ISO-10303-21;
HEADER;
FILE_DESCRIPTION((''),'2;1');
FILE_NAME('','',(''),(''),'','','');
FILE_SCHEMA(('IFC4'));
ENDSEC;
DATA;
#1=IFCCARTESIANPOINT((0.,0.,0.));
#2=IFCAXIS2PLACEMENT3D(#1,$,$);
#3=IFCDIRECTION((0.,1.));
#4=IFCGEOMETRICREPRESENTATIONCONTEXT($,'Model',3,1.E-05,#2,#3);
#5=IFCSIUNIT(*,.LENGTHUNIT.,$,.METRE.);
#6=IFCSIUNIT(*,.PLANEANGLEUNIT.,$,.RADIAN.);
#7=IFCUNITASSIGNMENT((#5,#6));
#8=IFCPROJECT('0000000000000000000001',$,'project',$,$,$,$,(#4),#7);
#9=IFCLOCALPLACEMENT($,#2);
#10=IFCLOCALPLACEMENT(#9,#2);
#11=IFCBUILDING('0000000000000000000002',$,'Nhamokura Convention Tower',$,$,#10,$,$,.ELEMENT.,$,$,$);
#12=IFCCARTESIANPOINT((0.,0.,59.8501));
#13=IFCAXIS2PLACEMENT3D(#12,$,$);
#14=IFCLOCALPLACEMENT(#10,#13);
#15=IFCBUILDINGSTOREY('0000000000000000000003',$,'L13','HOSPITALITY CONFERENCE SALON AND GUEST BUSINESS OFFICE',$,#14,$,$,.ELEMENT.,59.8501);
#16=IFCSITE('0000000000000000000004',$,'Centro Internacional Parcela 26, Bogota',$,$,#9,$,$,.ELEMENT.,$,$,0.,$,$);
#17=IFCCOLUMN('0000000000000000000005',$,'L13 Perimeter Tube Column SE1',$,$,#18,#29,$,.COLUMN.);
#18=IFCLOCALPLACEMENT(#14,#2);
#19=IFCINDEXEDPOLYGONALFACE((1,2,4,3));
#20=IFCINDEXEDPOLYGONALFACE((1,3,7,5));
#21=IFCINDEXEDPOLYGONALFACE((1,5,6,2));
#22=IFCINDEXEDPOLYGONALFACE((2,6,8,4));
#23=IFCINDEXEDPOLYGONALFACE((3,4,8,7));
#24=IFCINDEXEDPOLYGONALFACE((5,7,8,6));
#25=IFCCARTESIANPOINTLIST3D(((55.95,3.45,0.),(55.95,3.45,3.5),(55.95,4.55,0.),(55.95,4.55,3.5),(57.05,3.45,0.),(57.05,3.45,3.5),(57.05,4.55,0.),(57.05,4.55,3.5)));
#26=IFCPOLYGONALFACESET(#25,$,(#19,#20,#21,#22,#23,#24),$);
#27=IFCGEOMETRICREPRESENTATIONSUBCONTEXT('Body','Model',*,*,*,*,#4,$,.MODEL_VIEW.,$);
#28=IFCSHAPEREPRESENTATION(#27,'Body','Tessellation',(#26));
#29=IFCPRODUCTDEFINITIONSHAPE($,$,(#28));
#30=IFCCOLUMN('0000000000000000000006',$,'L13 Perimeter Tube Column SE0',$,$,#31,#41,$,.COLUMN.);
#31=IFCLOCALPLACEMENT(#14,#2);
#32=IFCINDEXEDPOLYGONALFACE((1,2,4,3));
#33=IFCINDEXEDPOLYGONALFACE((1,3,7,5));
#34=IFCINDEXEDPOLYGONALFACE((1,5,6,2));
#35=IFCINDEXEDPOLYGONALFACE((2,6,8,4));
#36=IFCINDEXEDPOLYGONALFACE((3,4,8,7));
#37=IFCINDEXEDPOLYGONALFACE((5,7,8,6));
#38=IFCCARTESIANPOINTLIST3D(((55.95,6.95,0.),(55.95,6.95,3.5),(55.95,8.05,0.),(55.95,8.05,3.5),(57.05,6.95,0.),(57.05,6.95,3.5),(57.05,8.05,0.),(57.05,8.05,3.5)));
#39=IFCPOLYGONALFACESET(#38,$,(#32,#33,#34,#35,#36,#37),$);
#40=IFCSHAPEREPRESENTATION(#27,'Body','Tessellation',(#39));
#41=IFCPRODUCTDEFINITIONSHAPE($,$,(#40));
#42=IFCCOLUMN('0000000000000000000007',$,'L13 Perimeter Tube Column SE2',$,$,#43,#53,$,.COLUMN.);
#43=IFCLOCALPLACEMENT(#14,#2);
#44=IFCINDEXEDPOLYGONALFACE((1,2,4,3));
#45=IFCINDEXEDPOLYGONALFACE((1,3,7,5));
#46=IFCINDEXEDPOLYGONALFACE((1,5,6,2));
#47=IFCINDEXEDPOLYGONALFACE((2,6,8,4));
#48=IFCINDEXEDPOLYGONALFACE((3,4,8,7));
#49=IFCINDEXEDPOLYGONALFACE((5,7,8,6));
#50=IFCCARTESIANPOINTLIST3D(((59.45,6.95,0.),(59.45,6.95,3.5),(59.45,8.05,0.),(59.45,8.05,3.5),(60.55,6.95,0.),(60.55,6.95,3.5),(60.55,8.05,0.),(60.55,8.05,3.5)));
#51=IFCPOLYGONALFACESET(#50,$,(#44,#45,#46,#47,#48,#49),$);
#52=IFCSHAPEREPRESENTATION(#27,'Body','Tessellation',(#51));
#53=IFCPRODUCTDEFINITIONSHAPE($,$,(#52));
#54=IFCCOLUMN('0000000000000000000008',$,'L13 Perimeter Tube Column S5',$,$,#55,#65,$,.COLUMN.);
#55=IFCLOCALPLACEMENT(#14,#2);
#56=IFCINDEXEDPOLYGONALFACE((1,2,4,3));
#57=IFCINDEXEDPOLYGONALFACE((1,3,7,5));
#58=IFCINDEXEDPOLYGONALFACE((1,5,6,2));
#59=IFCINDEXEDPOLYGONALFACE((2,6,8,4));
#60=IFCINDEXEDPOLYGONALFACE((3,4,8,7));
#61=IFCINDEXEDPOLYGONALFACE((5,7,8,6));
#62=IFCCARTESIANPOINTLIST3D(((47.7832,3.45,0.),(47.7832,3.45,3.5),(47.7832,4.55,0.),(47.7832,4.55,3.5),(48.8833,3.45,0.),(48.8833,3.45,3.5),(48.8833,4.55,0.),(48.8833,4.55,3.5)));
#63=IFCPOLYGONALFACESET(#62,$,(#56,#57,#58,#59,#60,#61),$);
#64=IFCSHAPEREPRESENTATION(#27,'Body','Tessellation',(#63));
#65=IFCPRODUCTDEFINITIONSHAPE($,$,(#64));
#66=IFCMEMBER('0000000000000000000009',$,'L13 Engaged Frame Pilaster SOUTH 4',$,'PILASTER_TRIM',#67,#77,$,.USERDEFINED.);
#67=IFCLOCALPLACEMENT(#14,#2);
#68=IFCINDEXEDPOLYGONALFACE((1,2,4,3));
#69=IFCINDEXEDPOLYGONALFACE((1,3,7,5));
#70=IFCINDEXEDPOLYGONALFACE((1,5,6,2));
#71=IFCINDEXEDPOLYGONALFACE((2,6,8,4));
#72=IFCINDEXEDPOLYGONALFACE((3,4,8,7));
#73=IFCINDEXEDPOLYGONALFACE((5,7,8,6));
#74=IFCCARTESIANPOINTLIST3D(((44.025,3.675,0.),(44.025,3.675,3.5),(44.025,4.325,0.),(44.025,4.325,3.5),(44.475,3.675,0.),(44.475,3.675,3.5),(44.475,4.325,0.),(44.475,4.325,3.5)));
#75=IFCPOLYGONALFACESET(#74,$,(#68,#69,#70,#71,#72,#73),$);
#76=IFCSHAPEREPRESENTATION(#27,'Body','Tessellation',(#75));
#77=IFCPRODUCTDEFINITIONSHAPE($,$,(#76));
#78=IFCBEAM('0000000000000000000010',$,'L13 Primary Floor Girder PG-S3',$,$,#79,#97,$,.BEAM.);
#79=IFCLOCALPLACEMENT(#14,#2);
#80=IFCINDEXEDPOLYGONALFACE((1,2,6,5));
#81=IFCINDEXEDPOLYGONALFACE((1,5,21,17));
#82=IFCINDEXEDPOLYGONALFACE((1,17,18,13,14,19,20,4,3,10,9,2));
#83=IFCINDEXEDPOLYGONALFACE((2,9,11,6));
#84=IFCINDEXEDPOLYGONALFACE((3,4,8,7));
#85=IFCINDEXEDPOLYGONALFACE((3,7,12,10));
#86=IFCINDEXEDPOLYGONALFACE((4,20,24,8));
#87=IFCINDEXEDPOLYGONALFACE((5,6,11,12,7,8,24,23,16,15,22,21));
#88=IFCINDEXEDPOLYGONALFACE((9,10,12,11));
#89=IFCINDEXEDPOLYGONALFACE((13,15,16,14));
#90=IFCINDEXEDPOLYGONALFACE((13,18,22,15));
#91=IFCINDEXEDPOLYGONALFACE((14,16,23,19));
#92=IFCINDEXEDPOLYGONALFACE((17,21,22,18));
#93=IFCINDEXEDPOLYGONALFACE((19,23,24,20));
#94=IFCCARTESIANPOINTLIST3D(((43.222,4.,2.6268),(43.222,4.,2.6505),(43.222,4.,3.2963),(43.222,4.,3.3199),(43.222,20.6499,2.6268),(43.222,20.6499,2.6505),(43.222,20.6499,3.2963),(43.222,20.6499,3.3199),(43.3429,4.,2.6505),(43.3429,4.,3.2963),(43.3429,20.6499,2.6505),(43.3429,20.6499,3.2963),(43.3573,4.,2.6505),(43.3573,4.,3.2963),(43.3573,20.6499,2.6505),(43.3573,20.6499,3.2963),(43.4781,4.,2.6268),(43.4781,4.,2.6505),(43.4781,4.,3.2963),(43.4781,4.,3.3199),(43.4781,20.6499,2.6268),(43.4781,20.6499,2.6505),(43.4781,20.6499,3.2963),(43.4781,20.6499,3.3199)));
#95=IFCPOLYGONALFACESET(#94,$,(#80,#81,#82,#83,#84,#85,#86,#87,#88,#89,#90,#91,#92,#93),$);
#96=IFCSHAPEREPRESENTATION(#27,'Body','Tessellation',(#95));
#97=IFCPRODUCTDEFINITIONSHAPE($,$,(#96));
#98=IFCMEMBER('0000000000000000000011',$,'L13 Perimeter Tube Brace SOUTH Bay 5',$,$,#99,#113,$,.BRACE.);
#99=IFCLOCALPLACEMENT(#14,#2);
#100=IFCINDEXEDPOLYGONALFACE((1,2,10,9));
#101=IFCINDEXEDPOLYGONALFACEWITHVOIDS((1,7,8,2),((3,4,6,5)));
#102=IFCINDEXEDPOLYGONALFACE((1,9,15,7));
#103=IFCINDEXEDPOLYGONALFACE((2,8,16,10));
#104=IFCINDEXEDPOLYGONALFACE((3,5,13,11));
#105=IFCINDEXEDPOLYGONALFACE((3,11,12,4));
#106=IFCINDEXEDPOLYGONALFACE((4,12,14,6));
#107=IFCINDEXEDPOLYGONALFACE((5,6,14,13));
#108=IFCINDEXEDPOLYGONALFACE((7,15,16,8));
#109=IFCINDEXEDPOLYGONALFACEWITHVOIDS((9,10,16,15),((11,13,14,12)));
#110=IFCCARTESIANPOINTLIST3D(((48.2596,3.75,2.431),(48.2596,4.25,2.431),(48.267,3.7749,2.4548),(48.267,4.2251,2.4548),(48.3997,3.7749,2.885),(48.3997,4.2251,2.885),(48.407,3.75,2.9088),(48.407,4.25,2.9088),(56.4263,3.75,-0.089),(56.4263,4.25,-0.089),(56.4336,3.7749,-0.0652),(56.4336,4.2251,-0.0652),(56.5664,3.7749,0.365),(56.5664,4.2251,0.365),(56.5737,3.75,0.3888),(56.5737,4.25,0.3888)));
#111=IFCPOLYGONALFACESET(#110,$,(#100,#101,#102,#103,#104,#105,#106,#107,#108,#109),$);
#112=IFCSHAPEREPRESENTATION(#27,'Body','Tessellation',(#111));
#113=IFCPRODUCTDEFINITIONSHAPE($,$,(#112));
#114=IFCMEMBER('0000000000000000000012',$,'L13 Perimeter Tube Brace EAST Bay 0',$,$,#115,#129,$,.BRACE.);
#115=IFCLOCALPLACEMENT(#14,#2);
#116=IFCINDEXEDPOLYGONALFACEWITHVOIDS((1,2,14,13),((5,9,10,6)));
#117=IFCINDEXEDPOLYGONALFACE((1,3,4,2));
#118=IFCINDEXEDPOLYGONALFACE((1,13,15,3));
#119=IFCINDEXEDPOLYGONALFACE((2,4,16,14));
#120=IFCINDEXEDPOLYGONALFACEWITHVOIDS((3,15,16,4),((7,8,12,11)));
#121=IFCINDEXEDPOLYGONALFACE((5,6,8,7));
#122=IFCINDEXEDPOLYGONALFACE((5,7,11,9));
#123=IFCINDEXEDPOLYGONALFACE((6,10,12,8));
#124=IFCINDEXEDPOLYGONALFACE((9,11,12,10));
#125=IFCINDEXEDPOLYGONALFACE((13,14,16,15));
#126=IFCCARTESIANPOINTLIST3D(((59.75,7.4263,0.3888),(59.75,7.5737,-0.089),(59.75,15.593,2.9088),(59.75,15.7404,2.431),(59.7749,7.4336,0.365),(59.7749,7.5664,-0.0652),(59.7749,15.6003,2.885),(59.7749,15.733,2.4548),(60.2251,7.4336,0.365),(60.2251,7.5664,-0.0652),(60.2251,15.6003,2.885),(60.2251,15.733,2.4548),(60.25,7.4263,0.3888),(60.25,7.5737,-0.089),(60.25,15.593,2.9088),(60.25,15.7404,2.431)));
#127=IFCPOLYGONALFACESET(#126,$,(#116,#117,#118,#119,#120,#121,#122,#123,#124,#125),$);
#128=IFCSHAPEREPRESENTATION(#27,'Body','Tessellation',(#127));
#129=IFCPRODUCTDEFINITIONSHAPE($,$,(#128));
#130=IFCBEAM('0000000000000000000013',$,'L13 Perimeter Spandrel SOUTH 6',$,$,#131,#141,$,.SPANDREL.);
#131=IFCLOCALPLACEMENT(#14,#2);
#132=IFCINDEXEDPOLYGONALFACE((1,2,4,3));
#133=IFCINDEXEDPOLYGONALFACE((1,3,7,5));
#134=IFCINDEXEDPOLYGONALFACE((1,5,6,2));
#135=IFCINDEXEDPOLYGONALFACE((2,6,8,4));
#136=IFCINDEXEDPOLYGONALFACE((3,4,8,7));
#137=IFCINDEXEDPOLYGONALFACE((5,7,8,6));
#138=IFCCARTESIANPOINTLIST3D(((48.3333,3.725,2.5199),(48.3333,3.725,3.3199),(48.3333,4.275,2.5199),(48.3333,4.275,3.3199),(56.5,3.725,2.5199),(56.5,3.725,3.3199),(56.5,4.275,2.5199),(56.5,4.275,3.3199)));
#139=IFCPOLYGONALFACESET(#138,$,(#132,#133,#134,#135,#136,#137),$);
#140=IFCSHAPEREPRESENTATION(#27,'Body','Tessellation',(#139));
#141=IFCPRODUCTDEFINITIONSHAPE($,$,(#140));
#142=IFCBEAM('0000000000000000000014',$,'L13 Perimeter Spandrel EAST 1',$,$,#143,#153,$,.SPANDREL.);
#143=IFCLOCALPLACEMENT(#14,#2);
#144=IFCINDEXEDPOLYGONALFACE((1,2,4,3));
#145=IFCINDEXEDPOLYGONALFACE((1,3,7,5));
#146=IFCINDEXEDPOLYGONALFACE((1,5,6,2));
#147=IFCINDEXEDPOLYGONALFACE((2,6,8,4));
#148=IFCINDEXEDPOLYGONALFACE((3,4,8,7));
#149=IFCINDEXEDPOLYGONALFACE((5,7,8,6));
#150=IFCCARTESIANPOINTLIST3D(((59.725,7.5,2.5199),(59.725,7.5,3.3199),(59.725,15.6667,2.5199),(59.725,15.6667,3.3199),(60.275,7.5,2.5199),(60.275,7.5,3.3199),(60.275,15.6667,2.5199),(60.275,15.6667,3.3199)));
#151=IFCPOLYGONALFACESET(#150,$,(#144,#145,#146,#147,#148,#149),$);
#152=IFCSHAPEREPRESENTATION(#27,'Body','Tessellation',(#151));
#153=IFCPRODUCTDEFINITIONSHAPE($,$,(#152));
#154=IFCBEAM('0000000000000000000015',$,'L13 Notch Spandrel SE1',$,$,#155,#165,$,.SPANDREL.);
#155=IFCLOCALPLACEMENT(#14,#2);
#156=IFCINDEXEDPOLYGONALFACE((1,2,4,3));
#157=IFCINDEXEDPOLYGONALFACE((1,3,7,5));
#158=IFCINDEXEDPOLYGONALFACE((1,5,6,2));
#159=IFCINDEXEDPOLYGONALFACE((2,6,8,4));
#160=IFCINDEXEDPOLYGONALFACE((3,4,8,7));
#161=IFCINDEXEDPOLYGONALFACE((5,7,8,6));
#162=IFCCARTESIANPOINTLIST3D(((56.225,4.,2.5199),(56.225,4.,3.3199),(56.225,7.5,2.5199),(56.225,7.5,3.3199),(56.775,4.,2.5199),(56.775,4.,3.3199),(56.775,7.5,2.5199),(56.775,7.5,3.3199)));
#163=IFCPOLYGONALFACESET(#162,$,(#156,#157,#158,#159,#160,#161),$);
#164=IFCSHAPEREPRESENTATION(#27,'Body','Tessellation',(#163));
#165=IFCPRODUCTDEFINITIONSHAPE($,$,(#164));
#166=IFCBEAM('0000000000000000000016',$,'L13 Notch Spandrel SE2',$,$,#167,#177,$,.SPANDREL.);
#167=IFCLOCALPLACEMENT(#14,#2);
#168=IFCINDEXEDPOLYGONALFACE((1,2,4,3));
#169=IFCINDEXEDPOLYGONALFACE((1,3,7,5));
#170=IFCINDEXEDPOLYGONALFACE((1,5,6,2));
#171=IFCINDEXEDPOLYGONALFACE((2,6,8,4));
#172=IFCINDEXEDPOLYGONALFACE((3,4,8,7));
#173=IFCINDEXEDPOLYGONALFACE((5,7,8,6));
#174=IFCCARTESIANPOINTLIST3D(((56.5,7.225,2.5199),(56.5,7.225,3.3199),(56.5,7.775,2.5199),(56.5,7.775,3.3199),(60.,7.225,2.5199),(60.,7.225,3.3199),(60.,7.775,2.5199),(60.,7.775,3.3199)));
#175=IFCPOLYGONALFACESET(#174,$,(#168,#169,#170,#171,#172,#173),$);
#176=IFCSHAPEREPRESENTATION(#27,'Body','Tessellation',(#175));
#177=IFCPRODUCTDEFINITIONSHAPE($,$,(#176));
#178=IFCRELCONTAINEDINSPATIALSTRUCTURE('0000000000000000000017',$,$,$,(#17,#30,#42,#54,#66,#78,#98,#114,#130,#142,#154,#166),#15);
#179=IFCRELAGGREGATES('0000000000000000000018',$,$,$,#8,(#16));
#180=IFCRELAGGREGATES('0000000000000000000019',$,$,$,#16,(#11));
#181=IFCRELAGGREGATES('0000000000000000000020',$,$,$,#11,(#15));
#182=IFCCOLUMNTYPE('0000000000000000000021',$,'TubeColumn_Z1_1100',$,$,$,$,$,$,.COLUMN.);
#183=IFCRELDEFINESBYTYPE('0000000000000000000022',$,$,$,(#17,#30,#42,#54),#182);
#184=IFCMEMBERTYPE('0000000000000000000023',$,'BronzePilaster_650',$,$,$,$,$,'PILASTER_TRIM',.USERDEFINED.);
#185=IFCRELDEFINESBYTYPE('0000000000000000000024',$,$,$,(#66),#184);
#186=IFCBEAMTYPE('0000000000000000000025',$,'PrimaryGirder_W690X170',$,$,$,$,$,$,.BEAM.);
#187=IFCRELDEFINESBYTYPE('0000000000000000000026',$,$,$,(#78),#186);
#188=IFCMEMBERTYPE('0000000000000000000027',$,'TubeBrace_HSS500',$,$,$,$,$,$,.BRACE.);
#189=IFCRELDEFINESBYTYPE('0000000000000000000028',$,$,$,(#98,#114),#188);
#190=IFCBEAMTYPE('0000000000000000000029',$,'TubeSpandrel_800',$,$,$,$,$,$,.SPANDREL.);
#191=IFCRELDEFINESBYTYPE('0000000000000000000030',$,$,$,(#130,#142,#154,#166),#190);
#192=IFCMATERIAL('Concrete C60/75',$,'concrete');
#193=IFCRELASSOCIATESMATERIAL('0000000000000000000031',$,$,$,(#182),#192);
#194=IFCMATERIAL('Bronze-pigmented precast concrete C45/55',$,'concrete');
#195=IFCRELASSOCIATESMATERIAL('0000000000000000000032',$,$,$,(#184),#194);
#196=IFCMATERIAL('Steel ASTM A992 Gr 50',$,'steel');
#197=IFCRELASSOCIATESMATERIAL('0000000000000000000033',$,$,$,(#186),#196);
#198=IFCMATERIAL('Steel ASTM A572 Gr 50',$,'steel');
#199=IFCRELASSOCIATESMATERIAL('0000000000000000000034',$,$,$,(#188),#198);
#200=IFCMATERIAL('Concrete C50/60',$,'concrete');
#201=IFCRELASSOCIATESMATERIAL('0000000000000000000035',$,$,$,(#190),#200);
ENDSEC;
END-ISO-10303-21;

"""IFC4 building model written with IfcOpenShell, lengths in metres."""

from ifc_helpers import new_model, si_unit, direction, frame, origin, origin_2d, place, context, subcontext, project, spatial, rectangle, hollow_rectangle, i_section, extrude, material, material_profile, profile_set, type_object, element, save


model = new_model("IFC4")

# Units and contexts
model_context = context("Model", 3, precision=1e-05, world=origin(), true_north=direction((0.0, 1.0)))
body_context = subcontext(model_context, "Body", "Model", "MODEL_VIEW")
ifc_project = project(units=[si_unit("LENGTHUNIT", "METRE"), si_unit("PLANEANGLEUNIT", "RADIAN")], contexts=[model_context])

# Site, building, storey
site_placement = place(None, origin())
site = spatial("IfcSite", under=ifc_project, at=site_placement, Name="Centro Internacional Parcela 26, Bogota", CompositionType="ELEMENT", RefElevation=0.0)
building_placement = place(site_placement, origin())
building = spatial("IfcBuilding", under=site, at=building_placement, Name="Nhamokura Convention Tower", CompositionType="ELEMENT")
storey_placement = place(building_placement, frame((0.0, 0.0, 59.8501)))
storey = spatial("IfcBuildingStorey", under=building, at=storey_placement, Name="L13", Description="HOSPITALITY CONFERENCE SALON AND GUEST BUSINESS OFFICE", CompositionType="ELEMENT", Elevation=59.8501)

# Columns
ifc_material_1 = material(Name="Concrete C60/75", Category="concrete")
ifc_material_profile_1 = material_profile(ifc_material_1, rectangle(XDim=1.1001, YDim=1.1001, at=origin_2d()))
ifc_profile_set_1 = profile_set([ifc_material_profile_1], Name="Concrete C60/75")
column_type = type_object("IfcColumnType", Name="TubeColumn_Z1_1100", PredefinedType="COLUMN", material=ifc_profile_set_1)
for number, where, z_axis, x_axis, name in (
    (1, (56.5, 4.0, 0.0), (0.0, 0.0, 1.0), (1.0, 0.0, 0.0), "L13 Perimeter Tube Column SE1"),
    (2, (56.5, 7.5, 0.0), (0.0, 0.0, 1.0), (1.0, 0.0, 0.0), "L13 Perimeter Tube Column SE0"),
    (3, (60.0, 7.5, 0.0), (0.0, 0.0, 1.0), (1.0, 0.0, 0.0), "L13 Perimeter Tube Column SE2"),
    (4, (48.3333, 4.0, 0.0), (0.0, 0.0, 1.0), (1.0, 0.0, 0.0), "L13 Perimeter Tube Column S5"),
):
    element("IfcColumn", number, at=place(storey_placement, frame(where, z_axis=z_axis, x_axis=x_axis)), inside=storey, type_object=column_type, Name=name, PredefinedType="COLUMN", context=body_context, shape_type="SweptSolid", body=[
        extrude(rectangle(XDim=1.1001, YDim=1.1001, at=origin_2d()), origin(), (0.0, 0.0, 1.0), 3.5),
    ])

# Member
ifc_material_2 = material(Name="Bronze-pigmented precast concrete C45/55", Category="concrete")
ifc_material_profile_2 = material_profile(ifc_material_2, rectangle(XDim=0.45, YDim=0.6499, at=origin_2d()))
ifc_profile_set_2 = profile_set([ifc_material_profile_2], Name="Bronze-pigmented precast concrete C45/55")
member_type_1 = type_object("IfcMemberType", Name="BronzePilaster_650", ElementType="PILASTER_TRIM", PredefinedType="USERDEFINED", material=ifc_profile_set_2)
member_placement = place(storey_placement, frame((44.25, 4.0, 0.0), z_axis=(0.0, 0.0, 1.0), x_axis=(1.0, 0.0, 0.0)))
element("IfcMember", 5, at=member_placement, inside=storey, type_object=member_type_1, Name="L13 Engaged Frame Pilaster SOUTH 4", ObjectType="PILASTER_TRIM", PredefinedType="USERDEFINED", context=body_context, shape_type="SweptSolid", body=[
    extrude(rectangle(XDim=0.45, YDim=0.6499, at=origin_2d()), origin(), (0.0, 0.0, 1.0), 3.5),
])

# Beam
ifc_material_3 = material(Name="Steel ASTM A992 Gr 50", Category="steel")
ifc_material_profile_3 = material_profile(ifc_material_3, i_section(OverallWidth=0.2561, OverallDepth=0.6931, WebThickness=0.0144, FlangeThickness=0.0237, at=origin_2d()))
ifc_profile_set_3 = profile_set([ifc_material_profile_3], Name="Steel ASTM A992 Gr 50")
beam_type_1 = type_object("IfcBeamType", Name="PrimaryGirder_W690X170", PredefinedType="BEAM", material=ifc_profile_set_3)
beam_placement = place(storey_placement, frame((43.3501, 4.0, 2.9734), z_axis=(0.0, 1.0, 0.0), x_axis=(-1.0, 0.0, 0.0)))
element("IfcBeam", 6, at=beam_placement, inside=storey, type_object=beam_type_1, Name="L13 Primary Floor Girder PG-S3", PredefinedType="BEAM", context=body_context, shape_type="SweptSolid", body=[
    extrude(i_section(OverallWidth=0.2561, OverallDepth=0.6931, WebThickness=0.0144, FlangeThickness=0.0237, at=origin_2d()), origin(), (0.0, 0.0, 1.0), 16.6499),
])

# Members
ifc_material_4 = material(Name="Steel ASTM A572 Gr 50", Category="steel")
ifc_material_profile_4 = material_profile(ifc_material_4, hollow_rectangle(XDim=0.5, YDim=0.5, WallThickness=0.0249, at=origin_2d()))
ifc_profile_set_4 = profile_set([ifc_material_profile_4], Name="Steel ASTM A572 Gr 50")
member_type_2 = type_object("IfcMemberType", Name="TubeBrace_HSS500", PredefinedType="BRACE", material=ifc_profile_set_4)
for number, where, z_axis, x_axis, name in (
    (7, (56.5, 4.0, 0.1499), (-0.955543, 0.0, 0.294853), (0.0, -1.0, 0.0), "L13 Perimeter Tube Brace SOUTH Bay 5"),
    (8, (60.0, 7.5, 0.1499), (0.0, 0.955543, 0.294853), (-1.0, 0.0, 0.0), "L13 Perimeter Tube Brace EAST Bay 0"),
):
    element("IfcMember", number, at=place(storey_placement, frame(where, z_axis=z_axis, x_axis=x_axis)), inside=storey, type_object=member_type_2, Name=name, PredefinedType="BRACE", context=body_context, shape_type="SweptSolid", body=[
        extrude(hollow_rectangle(XDim=0.5, YDim=0.5, WallThickness=0.0249, at=origin_2d()), origin(), (0.0, 0.0, 1.0), 8.5466),
    ])

# Beams
ifc_material_5 = material(Name="Concrete C50/60", Category="concrete")
ifc_material_profile_5 = material_profile(ifc_material_5, rectangle(XDim=0.55, YDim=0.8, at=origin_2d()))
ifc_profile_set_5 = profile_set([ifc_material_profile_5], Name="Concrete C50/60")
beam_type_2 = type_object("IfcBeamType", Name="TubeSpandrel_800", PredefinedType="SPANDREL", material=ifc_profile_set_5)
for number, where, z_axis, x_axis, name in (
    (9, (48.3333, 4.0, 2.9199), (1.0, 0.0, 0.0), (0.0, 1.0, 0.0), "L13 Perimeter Spandrel SOUTH 6"),
    (10, (60.0, 7.5, 2.9199), (0.0, 1.0, 0.0), (-1.0, 0.0, 0.0), "L13 Perimeter Spandrel EAST 1"),
):
    element("IfcBeam", number, at=place(storey_placement, frame(where, z_axis=z_axis, x_axis=x_axis)), inside=storey, type_object=beam_type_2, Name=name, PredefinedType="SPANDREL", context=body_context, shape_type="SweptSolid", body=[
        extrude(rectangle(XDim=0.55, YDim=0.8, at=origin_2d()), origin(), (0.0, 0.0, 1.0), 8.1667),
    ])
for number, where, z_axis, x_axis, name in (
    (11, (56.5, 4.0, 2.9199), (0.0, 1.0, 0.0), (-1.0, 0.0, 0.0), "L13 Notch Spandrel SE1"),
    (12, (56.5, 7.5, 2.9199), (1.0, 0.0, 0.0), (0.0, 1.0, 0.0), "L13 Notch Spandrel SE2"),
):
    element("IfcBeam", number, at=place(storey_placement, frame(where, z_axis=z_axis, x_axis=x_axis)), inside=storey, type_object=beam_type_2, Name=name, PredefinedType="SPANDREL", context=body_context, shape_type="SweptSolid", body=[
        extrude(rectangle(XDim=0.55, YDim=0.8, at=origin_2d()), origin(), (0.0, 0.0, 1.0), 3.5),
    ])

save(model, "model.ifc")
